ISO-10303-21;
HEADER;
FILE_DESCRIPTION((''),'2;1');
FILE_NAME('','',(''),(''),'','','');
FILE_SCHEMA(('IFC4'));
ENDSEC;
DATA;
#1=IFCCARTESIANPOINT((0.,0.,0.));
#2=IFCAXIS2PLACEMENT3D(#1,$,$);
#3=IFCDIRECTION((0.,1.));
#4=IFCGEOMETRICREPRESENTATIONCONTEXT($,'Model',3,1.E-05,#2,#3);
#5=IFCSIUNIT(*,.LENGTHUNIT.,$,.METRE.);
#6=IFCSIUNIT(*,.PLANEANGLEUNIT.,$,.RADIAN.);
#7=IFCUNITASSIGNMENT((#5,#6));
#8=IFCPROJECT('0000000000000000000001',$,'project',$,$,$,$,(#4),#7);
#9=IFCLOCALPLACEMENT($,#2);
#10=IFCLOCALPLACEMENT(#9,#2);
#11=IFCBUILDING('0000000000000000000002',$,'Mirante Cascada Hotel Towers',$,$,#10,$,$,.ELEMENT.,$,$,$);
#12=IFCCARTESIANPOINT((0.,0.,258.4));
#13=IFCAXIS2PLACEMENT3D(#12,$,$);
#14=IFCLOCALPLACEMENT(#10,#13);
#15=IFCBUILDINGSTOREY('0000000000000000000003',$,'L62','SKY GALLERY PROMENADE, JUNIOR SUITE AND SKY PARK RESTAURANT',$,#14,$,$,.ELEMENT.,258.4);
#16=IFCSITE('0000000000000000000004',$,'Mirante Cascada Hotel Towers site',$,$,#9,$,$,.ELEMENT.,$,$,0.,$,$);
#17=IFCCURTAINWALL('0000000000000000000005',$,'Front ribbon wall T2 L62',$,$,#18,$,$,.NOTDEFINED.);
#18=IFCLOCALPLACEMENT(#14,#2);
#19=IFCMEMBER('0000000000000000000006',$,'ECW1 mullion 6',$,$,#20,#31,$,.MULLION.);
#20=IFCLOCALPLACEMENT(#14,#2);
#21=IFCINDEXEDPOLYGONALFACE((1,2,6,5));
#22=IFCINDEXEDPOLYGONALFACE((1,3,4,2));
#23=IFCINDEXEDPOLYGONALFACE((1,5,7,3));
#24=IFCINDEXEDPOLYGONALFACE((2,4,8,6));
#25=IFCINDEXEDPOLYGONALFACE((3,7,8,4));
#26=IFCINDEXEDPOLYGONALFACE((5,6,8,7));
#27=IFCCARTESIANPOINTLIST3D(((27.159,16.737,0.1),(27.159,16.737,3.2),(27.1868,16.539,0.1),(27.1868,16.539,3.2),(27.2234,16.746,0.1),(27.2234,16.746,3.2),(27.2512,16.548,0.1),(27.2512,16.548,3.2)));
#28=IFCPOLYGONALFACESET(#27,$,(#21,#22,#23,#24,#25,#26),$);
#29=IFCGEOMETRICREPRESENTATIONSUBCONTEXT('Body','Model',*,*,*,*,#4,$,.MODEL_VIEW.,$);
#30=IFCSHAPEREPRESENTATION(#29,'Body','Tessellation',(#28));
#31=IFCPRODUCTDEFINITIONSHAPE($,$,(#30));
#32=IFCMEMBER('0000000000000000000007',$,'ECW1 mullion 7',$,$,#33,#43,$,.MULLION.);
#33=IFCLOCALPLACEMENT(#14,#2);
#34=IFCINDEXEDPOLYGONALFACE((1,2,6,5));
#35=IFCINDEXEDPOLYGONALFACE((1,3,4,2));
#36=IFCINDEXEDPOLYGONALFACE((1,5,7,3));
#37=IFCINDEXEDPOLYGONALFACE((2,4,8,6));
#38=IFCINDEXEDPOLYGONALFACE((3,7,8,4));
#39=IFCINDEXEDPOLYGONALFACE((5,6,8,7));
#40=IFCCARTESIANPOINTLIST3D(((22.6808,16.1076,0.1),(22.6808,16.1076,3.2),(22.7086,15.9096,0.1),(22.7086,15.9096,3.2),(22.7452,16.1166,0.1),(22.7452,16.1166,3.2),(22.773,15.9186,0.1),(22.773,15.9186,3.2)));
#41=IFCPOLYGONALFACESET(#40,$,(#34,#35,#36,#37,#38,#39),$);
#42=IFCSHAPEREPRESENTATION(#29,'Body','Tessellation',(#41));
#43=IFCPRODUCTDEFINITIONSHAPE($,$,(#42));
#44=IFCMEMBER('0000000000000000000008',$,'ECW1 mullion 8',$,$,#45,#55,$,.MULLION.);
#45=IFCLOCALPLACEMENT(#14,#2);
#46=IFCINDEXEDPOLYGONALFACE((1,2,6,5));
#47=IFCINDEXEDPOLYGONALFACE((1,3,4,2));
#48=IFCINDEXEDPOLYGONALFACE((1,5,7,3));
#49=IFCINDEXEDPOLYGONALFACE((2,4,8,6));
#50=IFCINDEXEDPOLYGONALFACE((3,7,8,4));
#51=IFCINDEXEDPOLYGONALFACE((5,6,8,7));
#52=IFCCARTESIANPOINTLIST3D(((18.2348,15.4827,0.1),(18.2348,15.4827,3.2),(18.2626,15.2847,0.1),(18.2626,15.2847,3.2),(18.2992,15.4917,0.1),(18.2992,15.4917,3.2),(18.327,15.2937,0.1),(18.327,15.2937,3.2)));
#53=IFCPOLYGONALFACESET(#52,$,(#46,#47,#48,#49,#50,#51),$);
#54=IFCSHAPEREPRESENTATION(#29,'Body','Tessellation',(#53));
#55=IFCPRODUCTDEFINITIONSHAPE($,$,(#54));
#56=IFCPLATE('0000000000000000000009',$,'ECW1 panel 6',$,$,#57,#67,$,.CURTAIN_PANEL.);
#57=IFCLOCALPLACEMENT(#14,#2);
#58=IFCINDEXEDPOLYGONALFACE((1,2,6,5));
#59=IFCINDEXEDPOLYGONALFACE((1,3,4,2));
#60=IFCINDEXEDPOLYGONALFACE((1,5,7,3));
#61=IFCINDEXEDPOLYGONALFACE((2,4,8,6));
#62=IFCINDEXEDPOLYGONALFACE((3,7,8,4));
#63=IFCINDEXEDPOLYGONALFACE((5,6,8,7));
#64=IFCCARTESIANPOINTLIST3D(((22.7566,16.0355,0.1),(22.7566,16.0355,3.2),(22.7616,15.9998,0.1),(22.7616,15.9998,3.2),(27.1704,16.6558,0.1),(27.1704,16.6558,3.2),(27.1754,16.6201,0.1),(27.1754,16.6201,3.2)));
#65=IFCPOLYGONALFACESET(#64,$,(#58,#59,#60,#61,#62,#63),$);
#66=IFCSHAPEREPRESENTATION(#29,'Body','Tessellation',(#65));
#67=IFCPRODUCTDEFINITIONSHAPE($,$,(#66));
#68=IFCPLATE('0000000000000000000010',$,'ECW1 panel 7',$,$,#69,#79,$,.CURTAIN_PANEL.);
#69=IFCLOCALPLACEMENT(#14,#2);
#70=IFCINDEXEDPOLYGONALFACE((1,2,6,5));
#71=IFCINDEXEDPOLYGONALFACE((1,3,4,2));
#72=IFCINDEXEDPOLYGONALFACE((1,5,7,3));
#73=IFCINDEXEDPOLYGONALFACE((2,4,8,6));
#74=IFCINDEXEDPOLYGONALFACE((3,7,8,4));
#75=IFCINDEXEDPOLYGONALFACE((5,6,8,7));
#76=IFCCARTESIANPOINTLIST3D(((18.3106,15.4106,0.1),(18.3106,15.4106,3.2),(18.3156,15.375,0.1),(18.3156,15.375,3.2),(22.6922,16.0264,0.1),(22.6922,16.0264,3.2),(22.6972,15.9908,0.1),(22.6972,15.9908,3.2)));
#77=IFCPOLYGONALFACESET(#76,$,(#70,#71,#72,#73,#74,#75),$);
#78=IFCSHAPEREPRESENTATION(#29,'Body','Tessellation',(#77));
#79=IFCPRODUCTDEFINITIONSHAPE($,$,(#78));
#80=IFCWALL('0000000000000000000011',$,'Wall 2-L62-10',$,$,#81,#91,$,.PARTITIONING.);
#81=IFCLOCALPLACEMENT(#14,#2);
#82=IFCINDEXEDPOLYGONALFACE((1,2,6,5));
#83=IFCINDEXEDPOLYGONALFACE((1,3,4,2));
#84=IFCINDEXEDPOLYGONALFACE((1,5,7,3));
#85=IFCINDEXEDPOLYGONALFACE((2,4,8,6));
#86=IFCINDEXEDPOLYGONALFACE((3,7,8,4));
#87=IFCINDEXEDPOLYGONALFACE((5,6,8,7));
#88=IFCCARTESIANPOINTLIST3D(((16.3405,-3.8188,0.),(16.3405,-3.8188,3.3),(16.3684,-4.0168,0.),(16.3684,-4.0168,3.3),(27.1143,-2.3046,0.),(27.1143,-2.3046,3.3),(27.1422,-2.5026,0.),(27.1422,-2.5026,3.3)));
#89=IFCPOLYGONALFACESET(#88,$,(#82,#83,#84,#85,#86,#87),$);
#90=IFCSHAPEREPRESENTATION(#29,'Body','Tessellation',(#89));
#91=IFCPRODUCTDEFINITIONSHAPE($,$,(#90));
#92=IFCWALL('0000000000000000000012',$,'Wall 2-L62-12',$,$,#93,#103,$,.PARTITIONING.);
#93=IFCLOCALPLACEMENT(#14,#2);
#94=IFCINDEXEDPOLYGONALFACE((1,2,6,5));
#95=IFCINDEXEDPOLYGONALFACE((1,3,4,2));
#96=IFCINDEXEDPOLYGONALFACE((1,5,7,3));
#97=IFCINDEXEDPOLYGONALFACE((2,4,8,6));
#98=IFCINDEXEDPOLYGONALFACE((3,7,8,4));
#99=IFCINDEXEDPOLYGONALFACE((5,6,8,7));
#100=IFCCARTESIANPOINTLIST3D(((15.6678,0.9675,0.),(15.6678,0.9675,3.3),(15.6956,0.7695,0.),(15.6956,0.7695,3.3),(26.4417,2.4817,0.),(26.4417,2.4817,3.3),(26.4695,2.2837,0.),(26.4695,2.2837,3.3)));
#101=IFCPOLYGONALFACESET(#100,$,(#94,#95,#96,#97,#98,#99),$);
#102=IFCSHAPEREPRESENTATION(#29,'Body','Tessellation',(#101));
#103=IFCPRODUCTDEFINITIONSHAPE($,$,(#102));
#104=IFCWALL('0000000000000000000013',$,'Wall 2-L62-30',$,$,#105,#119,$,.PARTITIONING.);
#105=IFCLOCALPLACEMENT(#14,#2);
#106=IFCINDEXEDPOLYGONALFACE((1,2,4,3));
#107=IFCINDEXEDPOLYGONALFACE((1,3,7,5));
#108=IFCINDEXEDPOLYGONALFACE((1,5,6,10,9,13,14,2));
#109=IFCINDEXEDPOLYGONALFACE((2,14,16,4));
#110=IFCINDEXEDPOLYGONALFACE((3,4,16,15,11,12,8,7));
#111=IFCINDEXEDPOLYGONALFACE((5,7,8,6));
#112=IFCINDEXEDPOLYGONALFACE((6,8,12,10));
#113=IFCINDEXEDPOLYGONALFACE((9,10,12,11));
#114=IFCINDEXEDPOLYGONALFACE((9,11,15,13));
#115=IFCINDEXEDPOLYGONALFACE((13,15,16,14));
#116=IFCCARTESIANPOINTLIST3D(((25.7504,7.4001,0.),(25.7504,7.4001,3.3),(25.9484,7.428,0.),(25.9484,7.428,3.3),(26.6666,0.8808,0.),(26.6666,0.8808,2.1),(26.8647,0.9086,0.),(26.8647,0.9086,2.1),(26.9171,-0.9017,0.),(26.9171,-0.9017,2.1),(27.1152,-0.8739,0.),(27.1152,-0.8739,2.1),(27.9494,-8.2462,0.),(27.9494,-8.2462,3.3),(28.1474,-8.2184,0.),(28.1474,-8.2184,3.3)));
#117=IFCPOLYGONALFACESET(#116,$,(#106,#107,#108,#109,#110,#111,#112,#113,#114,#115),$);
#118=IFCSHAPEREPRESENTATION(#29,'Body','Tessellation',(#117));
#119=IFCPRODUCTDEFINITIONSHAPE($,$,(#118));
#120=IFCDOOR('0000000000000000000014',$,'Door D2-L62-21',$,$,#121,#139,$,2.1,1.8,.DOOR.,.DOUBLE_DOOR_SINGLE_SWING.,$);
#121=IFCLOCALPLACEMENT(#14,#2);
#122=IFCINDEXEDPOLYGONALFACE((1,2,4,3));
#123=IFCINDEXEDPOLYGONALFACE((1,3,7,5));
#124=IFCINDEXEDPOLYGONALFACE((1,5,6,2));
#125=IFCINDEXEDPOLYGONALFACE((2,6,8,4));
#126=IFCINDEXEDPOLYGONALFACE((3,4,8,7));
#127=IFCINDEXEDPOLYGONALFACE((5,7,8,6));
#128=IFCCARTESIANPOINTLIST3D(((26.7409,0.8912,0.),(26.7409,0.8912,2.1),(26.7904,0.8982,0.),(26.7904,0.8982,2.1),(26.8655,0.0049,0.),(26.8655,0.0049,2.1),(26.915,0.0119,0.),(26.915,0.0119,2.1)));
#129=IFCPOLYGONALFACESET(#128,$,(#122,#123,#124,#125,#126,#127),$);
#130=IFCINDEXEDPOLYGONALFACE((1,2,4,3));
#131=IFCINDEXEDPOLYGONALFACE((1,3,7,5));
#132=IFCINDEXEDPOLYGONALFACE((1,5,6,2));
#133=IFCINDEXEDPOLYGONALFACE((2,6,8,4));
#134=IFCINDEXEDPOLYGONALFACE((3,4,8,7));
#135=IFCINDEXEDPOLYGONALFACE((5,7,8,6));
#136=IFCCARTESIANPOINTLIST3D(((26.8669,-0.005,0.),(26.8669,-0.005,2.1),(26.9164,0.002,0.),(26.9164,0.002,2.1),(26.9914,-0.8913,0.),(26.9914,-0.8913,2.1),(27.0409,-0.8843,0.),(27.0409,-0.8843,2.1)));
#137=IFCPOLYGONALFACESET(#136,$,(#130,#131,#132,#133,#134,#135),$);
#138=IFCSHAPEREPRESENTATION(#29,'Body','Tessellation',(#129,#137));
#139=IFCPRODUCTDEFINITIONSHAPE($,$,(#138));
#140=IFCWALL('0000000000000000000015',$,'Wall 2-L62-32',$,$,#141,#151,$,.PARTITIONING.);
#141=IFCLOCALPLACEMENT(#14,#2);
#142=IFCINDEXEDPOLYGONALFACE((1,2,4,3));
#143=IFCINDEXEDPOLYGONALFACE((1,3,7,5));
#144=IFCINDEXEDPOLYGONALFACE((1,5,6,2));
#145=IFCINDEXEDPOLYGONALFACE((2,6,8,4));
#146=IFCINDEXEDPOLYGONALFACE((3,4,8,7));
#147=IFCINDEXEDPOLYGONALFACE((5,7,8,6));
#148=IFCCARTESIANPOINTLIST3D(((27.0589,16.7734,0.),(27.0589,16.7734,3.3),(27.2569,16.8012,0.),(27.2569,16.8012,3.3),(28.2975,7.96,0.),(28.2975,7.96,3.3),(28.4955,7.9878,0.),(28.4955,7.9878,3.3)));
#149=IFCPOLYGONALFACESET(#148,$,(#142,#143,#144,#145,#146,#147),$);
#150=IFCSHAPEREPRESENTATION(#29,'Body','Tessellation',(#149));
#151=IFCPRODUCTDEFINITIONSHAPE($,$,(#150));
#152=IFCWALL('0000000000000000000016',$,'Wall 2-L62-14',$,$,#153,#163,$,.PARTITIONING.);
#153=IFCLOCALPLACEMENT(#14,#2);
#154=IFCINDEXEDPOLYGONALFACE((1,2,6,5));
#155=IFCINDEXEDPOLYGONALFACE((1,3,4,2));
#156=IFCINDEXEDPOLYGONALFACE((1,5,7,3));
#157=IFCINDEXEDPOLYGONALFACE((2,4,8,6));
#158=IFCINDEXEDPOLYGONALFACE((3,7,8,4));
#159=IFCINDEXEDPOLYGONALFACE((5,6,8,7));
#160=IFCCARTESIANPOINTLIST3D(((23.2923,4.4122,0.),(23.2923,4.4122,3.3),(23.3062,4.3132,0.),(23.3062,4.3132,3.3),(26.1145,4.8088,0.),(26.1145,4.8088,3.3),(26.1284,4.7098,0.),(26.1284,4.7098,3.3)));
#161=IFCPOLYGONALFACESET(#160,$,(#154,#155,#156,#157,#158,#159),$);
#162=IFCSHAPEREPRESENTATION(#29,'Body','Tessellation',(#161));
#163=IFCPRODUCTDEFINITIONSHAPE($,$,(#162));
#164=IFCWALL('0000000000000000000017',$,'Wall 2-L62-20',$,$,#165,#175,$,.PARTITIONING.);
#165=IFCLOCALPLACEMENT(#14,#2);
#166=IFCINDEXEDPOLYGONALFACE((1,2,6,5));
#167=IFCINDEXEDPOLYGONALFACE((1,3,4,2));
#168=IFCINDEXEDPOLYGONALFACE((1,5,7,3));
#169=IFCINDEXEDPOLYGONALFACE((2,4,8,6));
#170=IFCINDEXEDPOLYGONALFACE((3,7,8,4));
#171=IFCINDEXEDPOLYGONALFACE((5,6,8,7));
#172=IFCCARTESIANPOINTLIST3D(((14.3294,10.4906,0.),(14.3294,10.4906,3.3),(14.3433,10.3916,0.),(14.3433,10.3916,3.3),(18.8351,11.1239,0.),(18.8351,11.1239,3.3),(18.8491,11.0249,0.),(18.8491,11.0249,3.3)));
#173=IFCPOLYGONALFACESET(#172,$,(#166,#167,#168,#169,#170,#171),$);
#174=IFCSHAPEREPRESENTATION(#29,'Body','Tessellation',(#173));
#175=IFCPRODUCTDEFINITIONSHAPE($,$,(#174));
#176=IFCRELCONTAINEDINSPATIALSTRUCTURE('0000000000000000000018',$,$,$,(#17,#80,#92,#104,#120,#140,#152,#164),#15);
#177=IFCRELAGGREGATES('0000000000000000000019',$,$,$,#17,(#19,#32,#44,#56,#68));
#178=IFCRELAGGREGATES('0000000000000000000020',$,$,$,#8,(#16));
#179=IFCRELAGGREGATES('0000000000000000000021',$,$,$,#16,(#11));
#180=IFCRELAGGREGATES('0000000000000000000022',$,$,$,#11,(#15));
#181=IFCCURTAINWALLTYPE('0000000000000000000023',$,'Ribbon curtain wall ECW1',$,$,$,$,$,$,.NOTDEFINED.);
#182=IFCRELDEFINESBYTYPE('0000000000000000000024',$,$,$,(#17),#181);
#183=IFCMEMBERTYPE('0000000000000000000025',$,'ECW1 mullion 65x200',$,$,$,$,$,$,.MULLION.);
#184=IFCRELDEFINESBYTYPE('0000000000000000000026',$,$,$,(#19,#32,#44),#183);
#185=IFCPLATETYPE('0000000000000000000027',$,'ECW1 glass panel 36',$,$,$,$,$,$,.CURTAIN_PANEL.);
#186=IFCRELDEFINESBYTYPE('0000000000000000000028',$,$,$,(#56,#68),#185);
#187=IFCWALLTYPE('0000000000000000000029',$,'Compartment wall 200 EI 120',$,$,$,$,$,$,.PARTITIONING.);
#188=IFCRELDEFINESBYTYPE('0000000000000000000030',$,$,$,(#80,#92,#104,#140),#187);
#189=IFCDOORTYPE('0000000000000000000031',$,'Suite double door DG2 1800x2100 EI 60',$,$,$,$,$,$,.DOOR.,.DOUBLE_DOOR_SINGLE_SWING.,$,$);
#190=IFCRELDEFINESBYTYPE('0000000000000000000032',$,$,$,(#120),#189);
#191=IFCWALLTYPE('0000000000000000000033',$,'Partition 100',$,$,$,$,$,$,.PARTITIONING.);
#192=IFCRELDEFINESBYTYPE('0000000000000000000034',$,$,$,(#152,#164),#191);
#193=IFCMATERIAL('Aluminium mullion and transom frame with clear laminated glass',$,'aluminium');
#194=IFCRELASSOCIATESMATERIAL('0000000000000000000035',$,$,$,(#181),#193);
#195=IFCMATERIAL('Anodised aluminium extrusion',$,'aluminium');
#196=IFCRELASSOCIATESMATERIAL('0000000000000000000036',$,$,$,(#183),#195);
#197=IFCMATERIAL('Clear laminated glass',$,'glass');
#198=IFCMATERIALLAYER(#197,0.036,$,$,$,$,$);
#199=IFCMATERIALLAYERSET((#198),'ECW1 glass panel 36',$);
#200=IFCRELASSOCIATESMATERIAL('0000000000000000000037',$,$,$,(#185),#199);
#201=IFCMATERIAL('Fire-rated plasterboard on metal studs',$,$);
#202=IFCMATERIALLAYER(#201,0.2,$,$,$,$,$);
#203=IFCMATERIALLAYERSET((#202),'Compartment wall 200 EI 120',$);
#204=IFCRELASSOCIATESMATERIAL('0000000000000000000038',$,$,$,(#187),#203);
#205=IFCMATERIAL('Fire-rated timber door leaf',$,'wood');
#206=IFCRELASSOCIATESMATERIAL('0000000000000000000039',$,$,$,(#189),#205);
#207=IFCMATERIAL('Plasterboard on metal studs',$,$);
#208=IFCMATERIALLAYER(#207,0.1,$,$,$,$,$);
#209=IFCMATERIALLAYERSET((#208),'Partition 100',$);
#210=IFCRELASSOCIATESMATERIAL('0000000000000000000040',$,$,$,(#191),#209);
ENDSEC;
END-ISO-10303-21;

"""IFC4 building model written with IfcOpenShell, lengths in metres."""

from ifc_helpers import new_model, si_unit, direction, frame, frame_2d, origin, origin_2d, place, context, subcontext, project, spatial, rectangle, extrude, material, layer, layer_set, material_profile, profile_set, type_object, element, fill, aggregate, save


model = new_model("IFC4")

# Units and contexts
model_context = context("Model", 3, precision=1e-05, world=origin(), true_north=direction((0.0, 1.0)))
body_context = subcontext(model_context, "Body", "Model", "MODEL_VIEW")
ifc_project = project(units=[si_unit("LENGTHUNIT", "METRE"), si_unit("PLANEANGLEUNIT", "RADIAN")], contexts=[model_context])

# Site, building, storey
site_placement = place(None, origin())
site = spatial("IfcSite", under=ifc_project, at=site_placement, Name="Mirante Cascada Hotel Towers site", CompositionType="ELEMENT", RefElevation=0.0)
building_placement = place(site_placement, origin())
building = spatial("IfcBuilding", under=site, at=building_placement, Name="Mirante Cascada Hotel Towers", CompositionType="ELEMENT")
storey_placement = place(building_placement, frame((0.0, 0.0, 258.4)))
storey = spatial("IfcBuildingStorey", under=building, at=storey_placement, Name="L62", Description="SKY GALLERY PROMENADE, JUNIOR SUITE AND SKY PARK RESTAURANT", CompositionType="ELEMENT", Elevation=258.4)

# Curtain wall, members, plates
ifc_material_1 = material(Name="Aluminium mullion and transom frame with clear laminated glass", Category="aluminium")
curtain_wall_type = type_object("IfcCurtainWallType", Name="Ribbon curtain wall ECW1", PredefinedType="NOTDEFINED", material=ifc_material_1)
curtain_wall_placement = place(storey_placement, origin())
curtain_wall = element("IfcCurtainWall", 1, at=curtain_wall_placement, inside=storey, type_object=curtain_wall_type, Name="Front ribbon wall T2 L62", PredefinedType="NOTDEFINED")
ifc_material_2 = material(Name="Anodised aluminium extrusion", Category="aluminium")
ifc_material_profile = material_profile(ifc_material_2, rectangle(XDim=0.2, YDim=0.065, at=origin_2d()), Name="ECW1 MULLION 65x200")
ifc_profile_set = profile_set([ifc_material_profile], Name="Anodised aluminium extrusion")
member_type = type_object("IfcMemberType", Name="ECW1 mullion 65x200", PredefinedType="MULLION", material=ifc_profile_set)
member_1_placement = place(storey_placement, frame((27.2051, 16.6425, 0.1), z_axis=(0.0, 0.0, 1.0), x_axis=(0.139173, -0.990268, 0.0)))
member_1 = element("IfcMember", 2, at=member_1_placement, type_object=member_type, Name="ECW1 mullion 6", PredefinedType="MULLION", context=body_context, shape_type="SweptSolid", body=[
    extrude(rectangle(XDim=0.2, YDim=0.065, at=origin_2d()), origin(), (0.0, 0.0, 1.0), 3.1),
])
member_2_placement = place(storey_placement, frame((22.7269, 16.0131, 0.1), z_axis=(0.0, 0.0, 1.0), x_axis=(0.139173, -0.990268, 0.0)))
member_2 = element("IfcMember", 3, at=member_2_placement, type_object=member_type, Name="ECW1 mullion 7", PredefinedType="MULLION", context=body_context, shape_type="SweptSolid", body=[
    extrude(rectangle(XDim=0.2, YDim=0.065, at=origin_2d()), origin(), (0.0, 0.0, 1.0), 3.1),
])
member_3_placement = place(storey_placement, frame((18.2809, 15.3882, 0.1), z_axis=(0.0, 0.0, 1.0), x_axis=(0.139173, -0.990268, 0.0)))
member_3 = element("IfcMember", 4, at=member_3_placement, type_object=member_type, Name="ECW1 mullion 8", PredefinedType="MULLION", context=body_context, shape_type="SweptSolid", body=[
    extrude(rectangle(XDim=0.2, YDim=0.065, at=origin_2d()), origin(), (0.0, 0.0, 1.0), 3.1),
])
ifc_material_3 = material(Name="Clear laminated glass", Category="glass")
ifc_layer_1 = layer(ifc_material_3, 0.036)
ifc_layer_set_1 = layer_set([ifc_layer_1], Name="ECW1 glass panel 36")
plate_type = type_object("IfcPlateType", Name="ECW1 glass panel 36", PredefinedType="CURTAIN_PANEL", material=ifc_layer_set_1)
plate_1_placement = place(storey_placement, frame((24.966, 16.3278, 0.1), z_axis=(0.0, 0.0, 1.0), x_axis=(-0.990268, -0.139173, 0.0)))
plate_1 = element("IfcPlate", 5, at=plate_1_placement, type_object=plate_type, Name="ECW1 panel 6", PredefinedType="CURTAIN_PANEL", context=body_context, shape_type="SweptSolid", body=[
    extrude(rectangle(XDim=4.4572, YDim=0.036, at=origin_2d()), origin(), (0.0, 0.0, 1.0), 3.1),
])
plate_2_placement = place(storey_placement, frame((20.5039, 15.7007, 0.1), z_axis=(0.0, 0.0, 1.0), x_axis=(-0.990268, -0.139173, 0.0)))
plate_2 = element("IfcPlate", 6, at=plate_2_placement, type_object=plate_type, Name="ECW1 panel 7", PredefinedType="CURTAIN_PANEL", context=body_context, shape_type="SweptSolid", body=[
    extrude(rectangle(XDim=4.4247, YDim=0.036, at=origin_2d()), origin(), (0.0, 0.0, 1.0), 3.1),
])
aggregate(curtain_wall, [member_1, member_2, member_3, plate_1, plate_2])

# Walls
ifc_material_4 = material(Name="Fire-rated plasterboard on metal studs")
ifc_layer_2 = layer(ifc_material_4, 0.2)
ifc_layer_set_2 = layer_set([ifc_layer_2], Name="Compartment wall 200 EI 120")
wall_type_1 = type_object("IfcWallType", Name="Compartment wall 200 EI 120", PredefinedType="PARTITIONING", material=ifc_layer_set_2)
wall_1_placement = place(storey_placement, frame((27.1282, -2.4036, 0.0), z_axis=(0.0, 0.0, 1.0), x_axis=(-0.990267, -0.139177, 0.0)))
element("IfcWall", 7, at=wall_1_placement, inside=storey, type_object=wall_type_1, Name="Wall 2-L62-10", PredefinedType="PARTITIONING", context=body_context, shape_type="SweptSolid", body=[
    extrude(rectangle(XDim=10.8797, YDim=0.2, at=frame_2d((5.4398, 0.0))), origin(), (0.0, 0.0, 1.0), 3.3),
])
wall_2_placement = place(storey_placement, frame((26.4556, 2.3827, 0.0), z_axis=(0.0, 0.0, 1.0), x_axis=(-0.990268, -0.139176, 0.0)))
element("IfcWall", 8, at=wall_2_placement, inside=storey, type_object=wall_type_1, Name="Wall 2-L62-12", PredefinedType="PARTITIONING", context=body_context, shape_type="SweptSolid", body=[
    extrude(rectangle(XDim=10.8798, YDim=0.2, at=frame_2d((5.4399, 0.0))), origin(), (0.0, 0.0, 1.0), 3.3),
])

# Wall, opening, door
wall_3_placement = place(storey_placement, frame((25.8494, 7.414, 0.0), z_axis=(0.0, 0.0, 1.0), x_axis=(0.139177, -0.990268, 0.0)))
wall_3 = element("IfcWall", 9, at=wall_3_placement, inside=storey, type_object=wall_type_1, Name="Wall 2-L62-30", PredefinedType="PARTITIONING", context=body_context, shape_type="SweptSolid", body=[
    extrude(rectangle(XDim=15.8001, YDim=0.2, at=frame_2d((7.9, 0.0))), origin(), (0.0, 0.0, 1.0), 3.3),
])
opening_1_placement = place(wall_3_placement, frame((6.5834, 0.0, 0.0)))
opening_1 = element("IfcOpeningElement", 10, at=opening_1_placement, cuts=wall_3, PredefinedType="OPENING", context=body_context, shape_type="SweptSolid", body=[
    extrude(rectangle(XDim=1.8, YDim=2.1, at=frame_2d((0.9, 1.05))), frame((0.0, 0.1, 0.0), z_axis=(0.0, -1.0, 0.0), x_axis=(1.0, 0.0, 0.0)), (0.0, 0.0, 1.0), 0.2),
])
ifc_material_5 = material(Name="Fire-rated timber door leaf", Category="wood")
door_type_1 = type_object("IfcDoorType", Name="Suite double door DG2 1800x2100 EI 60", OperationType="DOUBLE_DOOR_SINGLE_SWING", PredefinedType="DOOR", material=ifc_material_5)
door_1_placement = place(opening_1_placement, origin())
door_1 = element("IfcDoor", 11, at=door_1_placement, inside=storey, type_object=door_type_1, Name="Door D2-L62-21", OperationType="DOUBLE_DOOR_SINGLE_SWING", OverallHeight=2.1, OverallWidth=1.8, PredefinedType="DOOR", context=body_context, shape_type="SweptSolid", body=[
    extrude(rectangle(XDim=0.895, YDim=2.1, at=frame_2d((0.4475, 1.05))), frame((0.0, 0.025, 0.0), z_axis=(0.0, -1.0, 0.0), x_axis=(1.0, 0.0, 0.0)), (0.0, 0.0, 1.0), 0.05),
    extrude(rectangle(XDim=0.895, YDim=2.1, at=frame_2d((1.3525, 1.05))), frame((0.0, 0.025, 0.0), z_axis=(0.0, -1.0, 0.0), x_axis=(1.0, 0.0, 0.0)), (0.0, 0.0, 1.0), 0.05),
])
fill(opening_1, door_1)

# Walls
wall_4_placement = place(storey_placement, frame((27.1579, 16.7873, 0.0), z_axis=(0.0, 0.0, 1.0), x_axis=(0.139168, -0.990269, 0.0)))
element("IfcWall", 12, at=wall_4_placement, inside=storey, type_object=wall_type_1, Name="Wall 2-L62-32", PredefinedType="PARTITIONING", context=body_context, shape_type="SweptSolid", body=[
    extrude(rectangle(XDim=8.9, YDim=0.2, at=frame_2d((4.45, 0.0))), origin(), (0.0, 0.0, 1.0), 3.3),
])
ifc_material_6 = material(Name="Plasterboard on metal studs")
ifc_layer_3 = layer(ifc_material_6, 0.1)
ifc_layer_set_3 = layer_set([ifc_layer_3], Name="Partition 100")
wall_type_2 = type_object("IfcWallType", Name="Partition 100", PredefinedType="PARTITIONING", material=ifc_layer_set_3)
wall_5_placement = place(storey_placement, frame((26.1215, 4.7593, 0.0), z_axis=(0.0, 0.0, 1.0), x_axis=(-0.99027, -0.139161, 0.0)))
element("IfcWall", 13, at=wall_5_placement, inside=storey, type_object=wall_type_2, Name="Wall 2-L62-14", PredefinedType="PARTITIONING", context=body_context, shape_type="SweptSolid", body=[
    extrude(rectangle(XDim=2.8499, YDim=0.1, at=frame_2d((1.425, 0.0))), origin(), (0.0, 0.0, 1.0), 3.3),
])
wall_6_placement = place(storey_placement, frame((18.8421, 11.0744, 0.0), z_axis=(0.0, 0.0, 1.0), x_axis=(-0.990266, -0.139187, 0.0)))
element("IfcWall", 14, at=wall_6_placement, inside=storey, type_object=wall_type_2, Name="Wall 2-L62-20", PredefinedType="PARTITIONING", context=body_context, shape_type="SweptSolid", body=[
    extrude(rectangle(XDim=4.55, YDim=0.1, at=frame_2d((2.275, 0.0))), origin(), (0.0, 0.0, 1.0), 3.3),
])

save(model, "model.ifc")
